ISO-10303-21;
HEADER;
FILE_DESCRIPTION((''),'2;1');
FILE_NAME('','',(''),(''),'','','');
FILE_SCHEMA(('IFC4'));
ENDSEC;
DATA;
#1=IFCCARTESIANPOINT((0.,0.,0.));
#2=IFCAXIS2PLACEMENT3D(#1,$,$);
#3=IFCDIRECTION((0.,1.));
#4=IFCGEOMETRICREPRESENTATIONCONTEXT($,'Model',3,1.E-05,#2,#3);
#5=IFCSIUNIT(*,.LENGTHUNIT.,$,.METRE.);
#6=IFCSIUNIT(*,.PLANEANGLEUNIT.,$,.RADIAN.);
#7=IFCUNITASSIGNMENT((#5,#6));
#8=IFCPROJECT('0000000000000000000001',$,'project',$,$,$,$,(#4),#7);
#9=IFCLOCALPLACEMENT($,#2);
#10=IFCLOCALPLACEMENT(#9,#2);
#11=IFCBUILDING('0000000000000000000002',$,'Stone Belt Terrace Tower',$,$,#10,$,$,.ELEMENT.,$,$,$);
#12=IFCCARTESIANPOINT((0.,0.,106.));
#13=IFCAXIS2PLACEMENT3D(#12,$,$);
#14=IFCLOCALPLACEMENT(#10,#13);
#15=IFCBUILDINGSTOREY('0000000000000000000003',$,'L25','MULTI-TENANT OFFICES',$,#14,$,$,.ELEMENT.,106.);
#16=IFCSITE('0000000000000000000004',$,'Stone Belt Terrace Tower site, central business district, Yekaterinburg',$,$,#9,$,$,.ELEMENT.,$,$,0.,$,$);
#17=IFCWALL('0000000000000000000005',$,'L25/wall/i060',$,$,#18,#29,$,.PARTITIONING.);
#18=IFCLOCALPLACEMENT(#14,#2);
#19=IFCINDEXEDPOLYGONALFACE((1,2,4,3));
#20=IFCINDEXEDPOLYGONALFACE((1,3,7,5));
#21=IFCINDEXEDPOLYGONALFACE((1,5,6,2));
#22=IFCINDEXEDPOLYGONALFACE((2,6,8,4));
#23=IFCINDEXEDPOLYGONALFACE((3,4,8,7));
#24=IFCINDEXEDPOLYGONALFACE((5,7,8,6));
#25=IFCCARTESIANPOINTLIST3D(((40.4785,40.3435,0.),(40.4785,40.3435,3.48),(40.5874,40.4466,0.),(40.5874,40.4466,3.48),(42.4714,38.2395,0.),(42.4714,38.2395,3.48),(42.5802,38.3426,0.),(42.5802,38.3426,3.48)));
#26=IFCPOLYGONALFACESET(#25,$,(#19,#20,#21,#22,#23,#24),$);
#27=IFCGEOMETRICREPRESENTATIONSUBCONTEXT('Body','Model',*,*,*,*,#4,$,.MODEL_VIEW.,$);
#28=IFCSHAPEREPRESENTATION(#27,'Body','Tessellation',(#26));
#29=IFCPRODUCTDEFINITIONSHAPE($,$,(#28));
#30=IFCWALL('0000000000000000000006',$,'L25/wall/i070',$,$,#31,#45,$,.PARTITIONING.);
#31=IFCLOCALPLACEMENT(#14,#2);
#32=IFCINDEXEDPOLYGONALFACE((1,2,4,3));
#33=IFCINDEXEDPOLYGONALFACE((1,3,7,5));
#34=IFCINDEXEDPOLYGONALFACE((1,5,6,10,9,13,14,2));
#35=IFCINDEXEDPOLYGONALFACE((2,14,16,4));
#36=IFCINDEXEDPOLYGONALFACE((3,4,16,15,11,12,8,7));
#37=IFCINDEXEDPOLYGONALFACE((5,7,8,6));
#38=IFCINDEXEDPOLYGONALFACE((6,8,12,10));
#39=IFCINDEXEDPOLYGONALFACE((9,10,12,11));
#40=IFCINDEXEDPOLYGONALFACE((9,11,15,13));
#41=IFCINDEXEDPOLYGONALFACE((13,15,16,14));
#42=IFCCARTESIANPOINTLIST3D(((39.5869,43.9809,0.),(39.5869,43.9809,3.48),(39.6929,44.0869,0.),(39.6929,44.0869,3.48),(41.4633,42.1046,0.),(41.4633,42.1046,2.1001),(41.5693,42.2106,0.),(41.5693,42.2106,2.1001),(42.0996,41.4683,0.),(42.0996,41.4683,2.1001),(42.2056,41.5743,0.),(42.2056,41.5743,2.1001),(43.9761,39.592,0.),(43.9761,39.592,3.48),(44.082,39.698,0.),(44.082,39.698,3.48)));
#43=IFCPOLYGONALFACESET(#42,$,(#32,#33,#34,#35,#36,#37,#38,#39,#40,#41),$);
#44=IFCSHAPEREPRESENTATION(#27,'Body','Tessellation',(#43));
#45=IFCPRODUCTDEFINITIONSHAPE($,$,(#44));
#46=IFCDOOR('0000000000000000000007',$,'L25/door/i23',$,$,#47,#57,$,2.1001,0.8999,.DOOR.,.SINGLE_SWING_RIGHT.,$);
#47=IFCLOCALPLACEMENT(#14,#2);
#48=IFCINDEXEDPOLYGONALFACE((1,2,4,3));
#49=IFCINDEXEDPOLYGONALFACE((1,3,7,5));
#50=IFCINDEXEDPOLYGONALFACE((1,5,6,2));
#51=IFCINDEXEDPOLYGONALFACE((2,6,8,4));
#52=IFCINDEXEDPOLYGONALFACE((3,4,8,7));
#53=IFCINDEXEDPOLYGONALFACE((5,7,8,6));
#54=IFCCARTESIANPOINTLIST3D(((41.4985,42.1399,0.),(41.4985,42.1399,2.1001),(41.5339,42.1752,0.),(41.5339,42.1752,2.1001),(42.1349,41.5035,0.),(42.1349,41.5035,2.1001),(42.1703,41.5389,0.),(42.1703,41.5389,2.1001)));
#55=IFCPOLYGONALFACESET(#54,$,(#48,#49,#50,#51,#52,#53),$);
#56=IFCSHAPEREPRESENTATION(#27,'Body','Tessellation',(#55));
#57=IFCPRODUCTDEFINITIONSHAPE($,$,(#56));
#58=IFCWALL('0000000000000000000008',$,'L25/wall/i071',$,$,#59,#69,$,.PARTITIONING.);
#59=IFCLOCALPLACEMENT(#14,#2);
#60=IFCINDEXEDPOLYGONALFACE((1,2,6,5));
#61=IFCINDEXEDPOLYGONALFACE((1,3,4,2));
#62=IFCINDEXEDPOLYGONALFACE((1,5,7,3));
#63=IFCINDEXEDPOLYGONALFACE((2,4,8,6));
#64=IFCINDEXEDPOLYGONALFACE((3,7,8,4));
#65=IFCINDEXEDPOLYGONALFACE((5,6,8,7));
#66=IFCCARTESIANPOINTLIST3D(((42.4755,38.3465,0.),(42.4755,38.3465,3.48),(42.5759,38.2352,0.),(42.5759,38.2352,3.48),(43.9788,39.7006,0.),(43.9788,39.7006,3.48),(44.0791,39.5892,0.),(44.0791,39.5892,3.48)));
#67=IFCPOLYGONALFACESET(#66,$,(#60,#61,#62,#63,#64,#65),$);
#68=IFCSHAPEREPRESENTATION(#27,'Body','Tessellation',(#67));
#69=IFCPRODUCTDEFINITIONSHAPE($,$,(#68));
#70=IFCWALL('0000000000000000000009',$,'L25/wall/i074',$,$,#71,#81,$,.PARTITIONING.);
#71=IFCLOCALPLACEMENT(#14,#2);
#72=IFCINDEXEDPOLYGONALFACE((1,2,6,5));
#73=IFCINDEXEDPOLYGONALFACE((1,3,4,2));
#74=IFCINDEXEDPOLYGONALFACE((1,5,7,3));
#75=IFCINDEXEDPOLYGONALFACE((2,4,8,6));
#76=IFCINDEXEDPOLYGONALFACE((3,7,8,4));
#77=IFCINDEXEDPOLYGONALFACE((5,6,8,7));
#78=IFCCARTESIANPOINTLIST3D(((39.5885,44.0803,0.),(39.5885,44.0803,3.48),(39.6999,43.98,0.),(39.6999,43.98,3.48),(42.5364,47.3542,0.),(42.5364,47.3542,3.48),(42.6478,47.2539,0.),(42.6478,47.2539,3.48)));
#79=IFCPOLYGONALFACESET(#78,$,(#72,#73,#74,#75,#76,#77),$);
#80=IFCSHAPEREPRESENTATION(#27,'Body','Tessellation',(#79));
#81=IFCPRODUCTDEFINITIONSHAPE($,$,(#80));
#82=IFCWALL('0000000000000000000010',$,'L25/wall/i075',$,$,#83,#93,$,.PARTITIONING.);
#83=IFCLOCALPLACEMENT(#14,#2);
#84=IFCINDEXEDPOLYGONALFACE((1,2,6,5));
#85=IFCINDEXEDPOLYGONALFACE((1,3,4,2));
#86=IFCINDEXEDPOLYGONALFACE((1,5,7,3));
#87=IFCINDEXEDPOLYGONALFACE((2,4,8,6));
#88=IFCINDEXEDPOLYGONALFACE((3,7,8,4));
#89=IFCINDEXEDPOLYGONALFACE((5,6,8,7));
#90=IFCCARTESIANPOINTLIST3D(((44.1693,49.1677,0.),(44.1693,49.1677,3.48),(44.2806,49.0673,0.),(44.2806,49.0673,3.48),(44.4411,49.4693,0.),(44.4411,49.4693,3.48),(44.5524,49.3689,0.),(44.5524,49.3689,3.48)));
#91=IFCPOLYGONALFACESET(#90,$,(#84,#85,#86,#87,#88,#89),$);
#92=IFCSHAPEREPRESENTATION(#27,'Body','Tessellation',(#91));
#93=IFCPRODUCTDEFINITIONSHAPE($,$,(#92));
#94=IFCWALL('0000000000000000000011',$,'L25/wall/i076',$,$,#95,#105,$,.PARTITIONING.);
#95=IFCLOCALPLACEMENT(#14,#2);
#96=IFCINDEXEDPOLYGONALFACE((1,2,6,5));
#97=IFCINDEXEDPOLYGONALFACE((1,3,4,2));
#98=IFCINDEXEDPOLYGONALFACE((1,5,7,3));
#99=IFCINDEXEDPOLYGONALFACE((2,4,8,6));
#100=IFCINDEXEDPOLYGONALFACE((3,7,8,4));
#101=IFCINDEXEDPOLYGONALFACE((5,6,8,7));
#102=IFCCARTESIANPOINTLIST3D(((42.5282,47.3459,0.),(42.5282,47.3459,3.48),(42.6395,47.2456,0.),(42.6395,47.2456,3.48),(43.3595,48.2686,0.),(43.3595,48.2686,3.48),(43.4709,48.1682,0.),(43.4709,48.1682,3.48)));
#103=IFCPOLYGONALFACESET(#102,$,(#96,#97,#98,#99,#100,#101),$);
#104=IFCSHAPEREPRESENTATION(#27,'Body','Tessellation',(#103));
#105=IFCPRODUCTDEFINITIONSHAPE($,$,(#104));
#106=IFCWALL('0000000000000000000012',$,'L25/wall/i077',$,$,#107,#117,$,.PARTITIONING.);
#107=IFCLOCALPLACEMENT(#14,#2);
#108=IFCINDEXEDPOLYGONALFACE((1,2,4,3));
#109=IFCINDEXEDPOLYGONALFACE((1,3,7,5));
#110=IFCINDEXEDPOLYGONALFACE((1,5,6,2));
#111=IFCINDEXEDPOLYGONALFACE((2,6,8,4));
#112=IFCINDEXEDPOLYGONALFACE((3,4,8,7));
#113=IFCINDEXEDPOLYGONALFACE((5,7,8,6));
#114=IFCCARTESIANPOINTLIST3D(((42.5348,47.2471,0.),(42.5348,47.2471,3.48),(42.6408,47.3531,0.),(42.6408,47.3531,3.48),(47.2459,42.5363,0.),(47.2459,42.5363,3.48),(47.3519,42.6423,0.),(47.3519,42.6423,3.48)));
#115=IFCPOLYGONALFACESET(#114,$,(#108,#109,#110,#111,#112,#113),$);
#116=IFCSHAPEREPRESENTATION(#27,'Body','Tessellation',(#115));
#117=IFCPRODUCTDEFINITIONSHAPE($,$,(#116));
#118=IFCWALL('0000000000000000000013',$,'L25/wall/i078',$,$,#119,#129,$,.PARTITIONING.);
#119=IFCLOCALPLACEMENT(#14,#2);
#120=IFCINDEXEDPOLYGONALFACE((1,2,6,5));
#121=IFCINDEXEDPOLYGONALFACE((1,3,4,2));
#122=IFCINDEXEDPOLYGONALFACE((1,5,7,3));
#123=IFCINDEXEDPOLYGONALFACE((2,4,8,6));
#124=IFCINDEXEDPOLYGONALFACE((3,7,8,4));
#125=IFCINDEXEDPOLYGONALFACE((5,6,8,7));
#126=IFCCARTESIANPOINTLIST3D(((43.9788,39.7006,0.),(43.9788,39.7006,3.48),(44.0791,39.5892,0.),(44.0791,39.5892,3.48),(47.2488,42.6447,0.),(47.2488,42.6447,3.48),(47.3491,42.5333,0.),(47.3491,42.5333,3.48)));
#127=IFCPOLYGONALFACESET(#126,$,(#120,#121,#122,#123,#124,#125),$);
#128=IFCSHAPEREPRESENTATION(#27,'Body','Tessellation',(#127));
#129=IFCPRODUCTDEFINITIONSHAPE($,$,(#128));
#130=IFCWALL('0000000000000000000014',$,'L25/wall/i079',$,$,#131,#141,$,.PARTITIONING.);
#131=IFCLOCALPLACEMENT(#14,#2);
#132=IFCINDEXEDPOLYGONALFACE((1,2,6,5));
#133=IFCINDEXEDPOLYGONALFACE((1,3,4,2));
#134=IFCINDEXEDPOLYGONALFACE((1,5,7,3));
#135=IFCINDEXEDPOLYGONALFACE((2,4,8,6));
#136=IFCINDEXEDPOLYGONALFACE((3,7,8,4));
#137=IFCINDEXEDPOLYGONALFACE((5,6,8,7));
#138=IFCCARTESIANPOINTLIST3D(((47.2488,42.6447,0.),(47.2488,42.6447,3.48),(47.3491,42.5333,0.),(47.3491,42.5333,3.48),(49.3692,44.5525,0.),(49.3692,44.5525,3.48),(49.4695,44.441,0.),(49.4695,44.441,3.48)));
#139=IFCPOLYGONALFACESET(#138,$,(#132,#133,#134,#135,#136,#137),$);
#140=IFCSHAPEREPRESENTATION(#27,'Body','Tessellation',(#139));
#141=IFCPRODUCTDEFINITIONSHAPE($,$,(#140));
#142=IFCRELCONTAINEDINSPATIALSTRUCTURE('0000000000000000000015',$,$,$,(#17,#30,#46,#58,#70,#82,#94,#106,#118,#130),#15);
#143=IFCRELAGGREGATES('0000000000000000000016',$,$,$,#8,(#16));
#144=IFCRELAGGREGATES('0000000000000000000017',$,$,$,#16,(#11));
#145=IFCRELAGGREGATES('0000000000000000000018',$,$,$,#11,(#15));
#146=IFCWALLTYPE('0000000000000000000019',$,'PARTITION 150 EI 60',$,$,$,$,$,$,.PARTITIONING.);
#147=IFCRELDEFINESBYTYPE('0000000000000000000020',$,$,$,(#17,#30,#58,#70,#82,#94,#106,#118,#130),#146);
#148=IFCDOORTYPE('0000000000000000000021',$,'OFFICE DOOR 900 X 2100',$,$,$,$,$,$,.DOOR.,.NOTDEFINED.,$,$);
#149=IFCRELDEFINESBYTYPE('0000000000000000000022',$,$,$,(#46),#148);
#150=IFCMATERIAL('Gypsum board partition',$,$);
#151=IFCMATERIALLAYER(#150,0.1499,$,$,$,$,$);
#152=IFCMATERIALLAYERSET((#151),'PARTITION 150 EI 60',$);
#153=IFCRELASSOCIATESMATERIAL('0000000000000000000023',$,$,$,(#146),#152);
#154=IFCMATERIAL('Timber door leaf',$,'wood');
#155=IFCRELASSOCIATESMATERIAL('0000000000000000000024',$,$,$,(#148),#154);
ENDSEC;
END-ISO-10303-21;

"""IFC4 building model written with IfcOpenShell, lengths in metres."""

from ifc_helpers import new_model, si_unit, direction, frame, frame_2d, origin, place, context, subcontext, project, spatial, rectangle, extrude, material, layer, layer_set, type_object, element, fill, save


model = new_model("IFC4")

# Units and contexts
model_context = context("Model", 3, precision=1e-05, world=origin(), true_north=direction((0.0, 1.0)))
body_context = subcontext(model_context, "Body", "Model", "MODEL_VIEW")
ifc_project = project(units=[si_unit("LENGTHUNIT", "METRE"), si_unit("PLANEANGLEUNIT", "RADIAN")], contexts=[model_context])

# Site, building, storey
site_placement = place(None, origin())
site = spatial("IfcSite", under=ifc_project, at=site_placement, Name="Stone Belt Terrace Tower site, central business district, Yekaterinburg", CompositionType="ELEMENT", RefElevation=0.0)
building_placement = place(site_placement, origin())
building = spatial("IfcBuilding", under=site, at=building_placement, Name="Stone Belt Terrace Tower", CompositionType="ELEMENT")
storey_placement = place(building_placement, frame((0.0, 0.0, 106.0)))
storey = spatial("IfcBuildingStorey", under=building, at=storey_placement, Name="L25", Description="MULTI-TENANT OFFICES", CompositionType="ELEMENT", Elevation=106.0)

# Wall
ifc_material_1 = material(Name="Gypsum board partition")
ifc_layer_1 = layer(ifc_material_1, 0.1499)
ifc_layer_set_1 = layer_set([ifc_layer_1], Name="PARTITION 150 EI 60")
wall_type_1 = type_object("IfcWallType", Name="PARTITION 150 EI 60", PredefinedType="PARTITIONING", material=ifc_layer_set_1)
wall_1_placement = place(storey_placement, frame((40.533, 40.395, 0.0), z_axis=(0.0, 0.0, 1.0), x_axis=(0.687682, -0.726012, 0.0)))
element("IfcWall", 1, at=wall_1_placement, inside=storey, type_object=wall_type_1, Name="L25/wall/i060", PredefinedType="PARTITIONING", context=body_context, shape_type="SweptSolid", body=[
    extrude(rectangle(XDim=2.8979, YDim=0.1499, at=frame_2d((1.449, 0.0))), origin(), (0.0, 0.0, 1.0), 3.48),
])

# Wall, opening, door
wall_2_placement = place(storey_placement, frame((39.6399, 44.0339, 0.0), z_axis=(0.0, 0.0, 1.0), x_axis=(0.707126, -0.707087, 0.0)))
wall_2 = element("IfcWall", 2, at=wall_2_placement, inside=storey, type_object=wall_type_1, Name="L25/wall/i070", PredefinedType="PARTITIONING", context=body_context, shape_type="SweptSolid", body=[
    extrude(rectangle(XDim=6.207, YDim=0.1499, at=frame_2d((3.1035, 0.0))), origin(), (0.0, 0.0, 1.0), 3.48),
])
opening_placement = place(wall_2_placement, frame((2.6536, 0.0, 0.0)))
opening = element("IfcOpeningElement", 3, at=opening_placement, cuts=wall_2, PredefinedType="OPENING", context=body_context, shape_type="SweptSolid", body=[
    extrude(rectangle(XDim=0.8999, YDim=2.1001, at=frame_2d((0.45, 1.05))), frame((0.0, 0.085, 0.0), z_axis=(0.0, -1.0, 0.0), x_axis=(1.0, 0.0, 0.0)), (0.0, 0.0, 1.0), 0.1699),
])
ifc_material_2 = material(Name="Timber door leaf", Category="wood")
door_type = type_object("IfcDoorType", Name="OFFICE DOOR 900 X 2100", OperationType="NOTDEFINED", PredefinedType="DOOR", material=ifc_material_2)
door_placement = place(opening_placement, origin())
door = element("IfcDoor", 4, at=door_placement, inside=storey, type_object=door_type, Name="L25/door/i23", OperationType="SINGLE_SWING_RIGHT", OverallHeight=2.1001, OverallWidth=0.8999, PredefinedType="DOOR", context=body_context, shape_type="SweptSolid", body=[
    extrude(rectangle(XDim=0.8999, YDim=2.1001, at=frame_2d((0.45, 1.05))), frame((0.0, 0.0249, 0.0), z_axis=(0.0, -1.0, 0.0), x_axis=(1.0, 0.0, 0.0)), (0.0, 0.0, 1.0), 0.05),
])
fill(opening, door)

# Walls
wall_3_placement = place(storey_placement, frame((44.0291, 39.645, 0.0), z_axis=(0.0, 0.0, 1.0), x_axis=(-0.743012, -0.669278, 0.0)))
element("IfcWall", 5, at=wall_3_placement, inside=storey, type_object=wall_type_1, Name="L25/wall/i071", PredefinedType="PARTITIONING", context=body_context, shape_type="SweptSolid", body=[
    extrude(rectangle(XDim=2.0232, YDim=0.1499, at=frame_2d((1.0117, 0.0))), origin(), (0.0, 0.0, 1.0), 3.48),
])
wall_4_placement = place(storey_placement, frame((42.592, 47.304, 0.0), z_axis=(0.0, 0.0, 1.0), x_axis=(-0.669148, -0.743129, 0.0)))
element("IfcWall", 6, at=wall_4_placement, inside=storey, type_object=wall_type_1, Name="L25/wall/i074", PredefinedType="PARTITIONING", context=body_context, shape_type="SweptSolid", body=[
    extrude(rectangle(XDim=4.4055, YDim=0.1499, at=frame_2d((2.2026, 0.0))), origin(), (0.0, 0.0, 1.0), 3.48),
])
wall_5_placement = place(storey_placement, frame((44.4968, 49.4192, 0.0), z_axis=(0.0, 0.0, 1.0), x_axis=(-0.669463, -0.742845, 0.0)))
element("IfcWall", 7, at=wall_5_placement, inside=storey, type_object=wall_type_1, Name="L25/wall/i075", PredefinedType="PARTITIONING", context=body_context, shape_type="SweptSolid", body=[
    extrude(rectangle(XDim=0.406, YDim=0.1499, at=frame_2d((0.2031, 0.0))), origin(), (0.0, 0.0, 1.0), 3.48),
])
wall_6_placement = place(storey_placement, frame((43.4153, 48.2185, 0.0), z_axis=(0.0, 0.0, 1.0), x_axis=(-0.669388, -0.742913, 0.0)))
element("IfcWall", 8, at=wall_6_placement, inside=storey, type_object=wall_type_1, Name="L25/wall/i076", PredefinedType="PARTITIONING", context=body_context, shape_type="SweptSolid", body=[
    extrude(rectangle(XDim=1.2419, YDim=0.1499, at=frame_2d((0.6211, 0.0))), origin(), (0.0, 0.0, 1.0), 3.48),
])
wall_7_placement = place(storey_placement, frame((42.5879, 47.3, 0.0), z_axis=(0.0, 0.0, 1.0), x_axis=(0.707125, -0.707088, 0.0)))
element("IfcWall", 9, at=wall_7_placement, inside=storey, type_object=wall_type_1, Name="L25/wall/i077", PredefinedType="PARTITIONING", context=body_context, shape_type="SweptSolid", body=[
    extrude(rectangle(XDim=6.6624, YDim=0.1499, at=frame_2d((3.3311, 0.0))), origin(), (0.0, 0.0, 1.0), 3.48),
])
wall_8_placement = place(storey_placement, frame((47.2991, 42.5891, 0.0), z_axis=(0.0, 0.0, 1.0), x_axis=(-0.743173, -0.6691, 0.0)))
element("IfcWall", 10, at=wall_8_placement, inside=storey, type_object=wall_type_1, Name="L25/wall/i078", PredefinedType="PARTITIONING", context=body_context, shape_type="SweptSolid", body=[
    extrude(rectangle(XDim=4.4001, YDim=0.1499, at=frame_2d((2.2002, 0.0))), origin(), (0.0, 0.0, 1.0), 3.48),
])
wall_9_placement = place(storey_placement, frame((49.4194, 44.4968, 0.0), z_axis=(0.0, 0.0, 1.0), x_axis=(-0.743401, -0.668846, 0.0)))
element("IfcWall", 11, at=wall_9_placement, inside=storey, type_object=wall_type_1, Name="L25/wall/i079", PredefinedType="PARTITIONING", context=body_context, shape_type="SweptSolid", body=[
    extrude(rectangle(XDim=2.8523, YDim=0.1499, at=frame_2d((1.4263, 0.0))), origin(), (0.0, 0.0, 1.0), 3.48),
])

save(model, "model.ifc")
